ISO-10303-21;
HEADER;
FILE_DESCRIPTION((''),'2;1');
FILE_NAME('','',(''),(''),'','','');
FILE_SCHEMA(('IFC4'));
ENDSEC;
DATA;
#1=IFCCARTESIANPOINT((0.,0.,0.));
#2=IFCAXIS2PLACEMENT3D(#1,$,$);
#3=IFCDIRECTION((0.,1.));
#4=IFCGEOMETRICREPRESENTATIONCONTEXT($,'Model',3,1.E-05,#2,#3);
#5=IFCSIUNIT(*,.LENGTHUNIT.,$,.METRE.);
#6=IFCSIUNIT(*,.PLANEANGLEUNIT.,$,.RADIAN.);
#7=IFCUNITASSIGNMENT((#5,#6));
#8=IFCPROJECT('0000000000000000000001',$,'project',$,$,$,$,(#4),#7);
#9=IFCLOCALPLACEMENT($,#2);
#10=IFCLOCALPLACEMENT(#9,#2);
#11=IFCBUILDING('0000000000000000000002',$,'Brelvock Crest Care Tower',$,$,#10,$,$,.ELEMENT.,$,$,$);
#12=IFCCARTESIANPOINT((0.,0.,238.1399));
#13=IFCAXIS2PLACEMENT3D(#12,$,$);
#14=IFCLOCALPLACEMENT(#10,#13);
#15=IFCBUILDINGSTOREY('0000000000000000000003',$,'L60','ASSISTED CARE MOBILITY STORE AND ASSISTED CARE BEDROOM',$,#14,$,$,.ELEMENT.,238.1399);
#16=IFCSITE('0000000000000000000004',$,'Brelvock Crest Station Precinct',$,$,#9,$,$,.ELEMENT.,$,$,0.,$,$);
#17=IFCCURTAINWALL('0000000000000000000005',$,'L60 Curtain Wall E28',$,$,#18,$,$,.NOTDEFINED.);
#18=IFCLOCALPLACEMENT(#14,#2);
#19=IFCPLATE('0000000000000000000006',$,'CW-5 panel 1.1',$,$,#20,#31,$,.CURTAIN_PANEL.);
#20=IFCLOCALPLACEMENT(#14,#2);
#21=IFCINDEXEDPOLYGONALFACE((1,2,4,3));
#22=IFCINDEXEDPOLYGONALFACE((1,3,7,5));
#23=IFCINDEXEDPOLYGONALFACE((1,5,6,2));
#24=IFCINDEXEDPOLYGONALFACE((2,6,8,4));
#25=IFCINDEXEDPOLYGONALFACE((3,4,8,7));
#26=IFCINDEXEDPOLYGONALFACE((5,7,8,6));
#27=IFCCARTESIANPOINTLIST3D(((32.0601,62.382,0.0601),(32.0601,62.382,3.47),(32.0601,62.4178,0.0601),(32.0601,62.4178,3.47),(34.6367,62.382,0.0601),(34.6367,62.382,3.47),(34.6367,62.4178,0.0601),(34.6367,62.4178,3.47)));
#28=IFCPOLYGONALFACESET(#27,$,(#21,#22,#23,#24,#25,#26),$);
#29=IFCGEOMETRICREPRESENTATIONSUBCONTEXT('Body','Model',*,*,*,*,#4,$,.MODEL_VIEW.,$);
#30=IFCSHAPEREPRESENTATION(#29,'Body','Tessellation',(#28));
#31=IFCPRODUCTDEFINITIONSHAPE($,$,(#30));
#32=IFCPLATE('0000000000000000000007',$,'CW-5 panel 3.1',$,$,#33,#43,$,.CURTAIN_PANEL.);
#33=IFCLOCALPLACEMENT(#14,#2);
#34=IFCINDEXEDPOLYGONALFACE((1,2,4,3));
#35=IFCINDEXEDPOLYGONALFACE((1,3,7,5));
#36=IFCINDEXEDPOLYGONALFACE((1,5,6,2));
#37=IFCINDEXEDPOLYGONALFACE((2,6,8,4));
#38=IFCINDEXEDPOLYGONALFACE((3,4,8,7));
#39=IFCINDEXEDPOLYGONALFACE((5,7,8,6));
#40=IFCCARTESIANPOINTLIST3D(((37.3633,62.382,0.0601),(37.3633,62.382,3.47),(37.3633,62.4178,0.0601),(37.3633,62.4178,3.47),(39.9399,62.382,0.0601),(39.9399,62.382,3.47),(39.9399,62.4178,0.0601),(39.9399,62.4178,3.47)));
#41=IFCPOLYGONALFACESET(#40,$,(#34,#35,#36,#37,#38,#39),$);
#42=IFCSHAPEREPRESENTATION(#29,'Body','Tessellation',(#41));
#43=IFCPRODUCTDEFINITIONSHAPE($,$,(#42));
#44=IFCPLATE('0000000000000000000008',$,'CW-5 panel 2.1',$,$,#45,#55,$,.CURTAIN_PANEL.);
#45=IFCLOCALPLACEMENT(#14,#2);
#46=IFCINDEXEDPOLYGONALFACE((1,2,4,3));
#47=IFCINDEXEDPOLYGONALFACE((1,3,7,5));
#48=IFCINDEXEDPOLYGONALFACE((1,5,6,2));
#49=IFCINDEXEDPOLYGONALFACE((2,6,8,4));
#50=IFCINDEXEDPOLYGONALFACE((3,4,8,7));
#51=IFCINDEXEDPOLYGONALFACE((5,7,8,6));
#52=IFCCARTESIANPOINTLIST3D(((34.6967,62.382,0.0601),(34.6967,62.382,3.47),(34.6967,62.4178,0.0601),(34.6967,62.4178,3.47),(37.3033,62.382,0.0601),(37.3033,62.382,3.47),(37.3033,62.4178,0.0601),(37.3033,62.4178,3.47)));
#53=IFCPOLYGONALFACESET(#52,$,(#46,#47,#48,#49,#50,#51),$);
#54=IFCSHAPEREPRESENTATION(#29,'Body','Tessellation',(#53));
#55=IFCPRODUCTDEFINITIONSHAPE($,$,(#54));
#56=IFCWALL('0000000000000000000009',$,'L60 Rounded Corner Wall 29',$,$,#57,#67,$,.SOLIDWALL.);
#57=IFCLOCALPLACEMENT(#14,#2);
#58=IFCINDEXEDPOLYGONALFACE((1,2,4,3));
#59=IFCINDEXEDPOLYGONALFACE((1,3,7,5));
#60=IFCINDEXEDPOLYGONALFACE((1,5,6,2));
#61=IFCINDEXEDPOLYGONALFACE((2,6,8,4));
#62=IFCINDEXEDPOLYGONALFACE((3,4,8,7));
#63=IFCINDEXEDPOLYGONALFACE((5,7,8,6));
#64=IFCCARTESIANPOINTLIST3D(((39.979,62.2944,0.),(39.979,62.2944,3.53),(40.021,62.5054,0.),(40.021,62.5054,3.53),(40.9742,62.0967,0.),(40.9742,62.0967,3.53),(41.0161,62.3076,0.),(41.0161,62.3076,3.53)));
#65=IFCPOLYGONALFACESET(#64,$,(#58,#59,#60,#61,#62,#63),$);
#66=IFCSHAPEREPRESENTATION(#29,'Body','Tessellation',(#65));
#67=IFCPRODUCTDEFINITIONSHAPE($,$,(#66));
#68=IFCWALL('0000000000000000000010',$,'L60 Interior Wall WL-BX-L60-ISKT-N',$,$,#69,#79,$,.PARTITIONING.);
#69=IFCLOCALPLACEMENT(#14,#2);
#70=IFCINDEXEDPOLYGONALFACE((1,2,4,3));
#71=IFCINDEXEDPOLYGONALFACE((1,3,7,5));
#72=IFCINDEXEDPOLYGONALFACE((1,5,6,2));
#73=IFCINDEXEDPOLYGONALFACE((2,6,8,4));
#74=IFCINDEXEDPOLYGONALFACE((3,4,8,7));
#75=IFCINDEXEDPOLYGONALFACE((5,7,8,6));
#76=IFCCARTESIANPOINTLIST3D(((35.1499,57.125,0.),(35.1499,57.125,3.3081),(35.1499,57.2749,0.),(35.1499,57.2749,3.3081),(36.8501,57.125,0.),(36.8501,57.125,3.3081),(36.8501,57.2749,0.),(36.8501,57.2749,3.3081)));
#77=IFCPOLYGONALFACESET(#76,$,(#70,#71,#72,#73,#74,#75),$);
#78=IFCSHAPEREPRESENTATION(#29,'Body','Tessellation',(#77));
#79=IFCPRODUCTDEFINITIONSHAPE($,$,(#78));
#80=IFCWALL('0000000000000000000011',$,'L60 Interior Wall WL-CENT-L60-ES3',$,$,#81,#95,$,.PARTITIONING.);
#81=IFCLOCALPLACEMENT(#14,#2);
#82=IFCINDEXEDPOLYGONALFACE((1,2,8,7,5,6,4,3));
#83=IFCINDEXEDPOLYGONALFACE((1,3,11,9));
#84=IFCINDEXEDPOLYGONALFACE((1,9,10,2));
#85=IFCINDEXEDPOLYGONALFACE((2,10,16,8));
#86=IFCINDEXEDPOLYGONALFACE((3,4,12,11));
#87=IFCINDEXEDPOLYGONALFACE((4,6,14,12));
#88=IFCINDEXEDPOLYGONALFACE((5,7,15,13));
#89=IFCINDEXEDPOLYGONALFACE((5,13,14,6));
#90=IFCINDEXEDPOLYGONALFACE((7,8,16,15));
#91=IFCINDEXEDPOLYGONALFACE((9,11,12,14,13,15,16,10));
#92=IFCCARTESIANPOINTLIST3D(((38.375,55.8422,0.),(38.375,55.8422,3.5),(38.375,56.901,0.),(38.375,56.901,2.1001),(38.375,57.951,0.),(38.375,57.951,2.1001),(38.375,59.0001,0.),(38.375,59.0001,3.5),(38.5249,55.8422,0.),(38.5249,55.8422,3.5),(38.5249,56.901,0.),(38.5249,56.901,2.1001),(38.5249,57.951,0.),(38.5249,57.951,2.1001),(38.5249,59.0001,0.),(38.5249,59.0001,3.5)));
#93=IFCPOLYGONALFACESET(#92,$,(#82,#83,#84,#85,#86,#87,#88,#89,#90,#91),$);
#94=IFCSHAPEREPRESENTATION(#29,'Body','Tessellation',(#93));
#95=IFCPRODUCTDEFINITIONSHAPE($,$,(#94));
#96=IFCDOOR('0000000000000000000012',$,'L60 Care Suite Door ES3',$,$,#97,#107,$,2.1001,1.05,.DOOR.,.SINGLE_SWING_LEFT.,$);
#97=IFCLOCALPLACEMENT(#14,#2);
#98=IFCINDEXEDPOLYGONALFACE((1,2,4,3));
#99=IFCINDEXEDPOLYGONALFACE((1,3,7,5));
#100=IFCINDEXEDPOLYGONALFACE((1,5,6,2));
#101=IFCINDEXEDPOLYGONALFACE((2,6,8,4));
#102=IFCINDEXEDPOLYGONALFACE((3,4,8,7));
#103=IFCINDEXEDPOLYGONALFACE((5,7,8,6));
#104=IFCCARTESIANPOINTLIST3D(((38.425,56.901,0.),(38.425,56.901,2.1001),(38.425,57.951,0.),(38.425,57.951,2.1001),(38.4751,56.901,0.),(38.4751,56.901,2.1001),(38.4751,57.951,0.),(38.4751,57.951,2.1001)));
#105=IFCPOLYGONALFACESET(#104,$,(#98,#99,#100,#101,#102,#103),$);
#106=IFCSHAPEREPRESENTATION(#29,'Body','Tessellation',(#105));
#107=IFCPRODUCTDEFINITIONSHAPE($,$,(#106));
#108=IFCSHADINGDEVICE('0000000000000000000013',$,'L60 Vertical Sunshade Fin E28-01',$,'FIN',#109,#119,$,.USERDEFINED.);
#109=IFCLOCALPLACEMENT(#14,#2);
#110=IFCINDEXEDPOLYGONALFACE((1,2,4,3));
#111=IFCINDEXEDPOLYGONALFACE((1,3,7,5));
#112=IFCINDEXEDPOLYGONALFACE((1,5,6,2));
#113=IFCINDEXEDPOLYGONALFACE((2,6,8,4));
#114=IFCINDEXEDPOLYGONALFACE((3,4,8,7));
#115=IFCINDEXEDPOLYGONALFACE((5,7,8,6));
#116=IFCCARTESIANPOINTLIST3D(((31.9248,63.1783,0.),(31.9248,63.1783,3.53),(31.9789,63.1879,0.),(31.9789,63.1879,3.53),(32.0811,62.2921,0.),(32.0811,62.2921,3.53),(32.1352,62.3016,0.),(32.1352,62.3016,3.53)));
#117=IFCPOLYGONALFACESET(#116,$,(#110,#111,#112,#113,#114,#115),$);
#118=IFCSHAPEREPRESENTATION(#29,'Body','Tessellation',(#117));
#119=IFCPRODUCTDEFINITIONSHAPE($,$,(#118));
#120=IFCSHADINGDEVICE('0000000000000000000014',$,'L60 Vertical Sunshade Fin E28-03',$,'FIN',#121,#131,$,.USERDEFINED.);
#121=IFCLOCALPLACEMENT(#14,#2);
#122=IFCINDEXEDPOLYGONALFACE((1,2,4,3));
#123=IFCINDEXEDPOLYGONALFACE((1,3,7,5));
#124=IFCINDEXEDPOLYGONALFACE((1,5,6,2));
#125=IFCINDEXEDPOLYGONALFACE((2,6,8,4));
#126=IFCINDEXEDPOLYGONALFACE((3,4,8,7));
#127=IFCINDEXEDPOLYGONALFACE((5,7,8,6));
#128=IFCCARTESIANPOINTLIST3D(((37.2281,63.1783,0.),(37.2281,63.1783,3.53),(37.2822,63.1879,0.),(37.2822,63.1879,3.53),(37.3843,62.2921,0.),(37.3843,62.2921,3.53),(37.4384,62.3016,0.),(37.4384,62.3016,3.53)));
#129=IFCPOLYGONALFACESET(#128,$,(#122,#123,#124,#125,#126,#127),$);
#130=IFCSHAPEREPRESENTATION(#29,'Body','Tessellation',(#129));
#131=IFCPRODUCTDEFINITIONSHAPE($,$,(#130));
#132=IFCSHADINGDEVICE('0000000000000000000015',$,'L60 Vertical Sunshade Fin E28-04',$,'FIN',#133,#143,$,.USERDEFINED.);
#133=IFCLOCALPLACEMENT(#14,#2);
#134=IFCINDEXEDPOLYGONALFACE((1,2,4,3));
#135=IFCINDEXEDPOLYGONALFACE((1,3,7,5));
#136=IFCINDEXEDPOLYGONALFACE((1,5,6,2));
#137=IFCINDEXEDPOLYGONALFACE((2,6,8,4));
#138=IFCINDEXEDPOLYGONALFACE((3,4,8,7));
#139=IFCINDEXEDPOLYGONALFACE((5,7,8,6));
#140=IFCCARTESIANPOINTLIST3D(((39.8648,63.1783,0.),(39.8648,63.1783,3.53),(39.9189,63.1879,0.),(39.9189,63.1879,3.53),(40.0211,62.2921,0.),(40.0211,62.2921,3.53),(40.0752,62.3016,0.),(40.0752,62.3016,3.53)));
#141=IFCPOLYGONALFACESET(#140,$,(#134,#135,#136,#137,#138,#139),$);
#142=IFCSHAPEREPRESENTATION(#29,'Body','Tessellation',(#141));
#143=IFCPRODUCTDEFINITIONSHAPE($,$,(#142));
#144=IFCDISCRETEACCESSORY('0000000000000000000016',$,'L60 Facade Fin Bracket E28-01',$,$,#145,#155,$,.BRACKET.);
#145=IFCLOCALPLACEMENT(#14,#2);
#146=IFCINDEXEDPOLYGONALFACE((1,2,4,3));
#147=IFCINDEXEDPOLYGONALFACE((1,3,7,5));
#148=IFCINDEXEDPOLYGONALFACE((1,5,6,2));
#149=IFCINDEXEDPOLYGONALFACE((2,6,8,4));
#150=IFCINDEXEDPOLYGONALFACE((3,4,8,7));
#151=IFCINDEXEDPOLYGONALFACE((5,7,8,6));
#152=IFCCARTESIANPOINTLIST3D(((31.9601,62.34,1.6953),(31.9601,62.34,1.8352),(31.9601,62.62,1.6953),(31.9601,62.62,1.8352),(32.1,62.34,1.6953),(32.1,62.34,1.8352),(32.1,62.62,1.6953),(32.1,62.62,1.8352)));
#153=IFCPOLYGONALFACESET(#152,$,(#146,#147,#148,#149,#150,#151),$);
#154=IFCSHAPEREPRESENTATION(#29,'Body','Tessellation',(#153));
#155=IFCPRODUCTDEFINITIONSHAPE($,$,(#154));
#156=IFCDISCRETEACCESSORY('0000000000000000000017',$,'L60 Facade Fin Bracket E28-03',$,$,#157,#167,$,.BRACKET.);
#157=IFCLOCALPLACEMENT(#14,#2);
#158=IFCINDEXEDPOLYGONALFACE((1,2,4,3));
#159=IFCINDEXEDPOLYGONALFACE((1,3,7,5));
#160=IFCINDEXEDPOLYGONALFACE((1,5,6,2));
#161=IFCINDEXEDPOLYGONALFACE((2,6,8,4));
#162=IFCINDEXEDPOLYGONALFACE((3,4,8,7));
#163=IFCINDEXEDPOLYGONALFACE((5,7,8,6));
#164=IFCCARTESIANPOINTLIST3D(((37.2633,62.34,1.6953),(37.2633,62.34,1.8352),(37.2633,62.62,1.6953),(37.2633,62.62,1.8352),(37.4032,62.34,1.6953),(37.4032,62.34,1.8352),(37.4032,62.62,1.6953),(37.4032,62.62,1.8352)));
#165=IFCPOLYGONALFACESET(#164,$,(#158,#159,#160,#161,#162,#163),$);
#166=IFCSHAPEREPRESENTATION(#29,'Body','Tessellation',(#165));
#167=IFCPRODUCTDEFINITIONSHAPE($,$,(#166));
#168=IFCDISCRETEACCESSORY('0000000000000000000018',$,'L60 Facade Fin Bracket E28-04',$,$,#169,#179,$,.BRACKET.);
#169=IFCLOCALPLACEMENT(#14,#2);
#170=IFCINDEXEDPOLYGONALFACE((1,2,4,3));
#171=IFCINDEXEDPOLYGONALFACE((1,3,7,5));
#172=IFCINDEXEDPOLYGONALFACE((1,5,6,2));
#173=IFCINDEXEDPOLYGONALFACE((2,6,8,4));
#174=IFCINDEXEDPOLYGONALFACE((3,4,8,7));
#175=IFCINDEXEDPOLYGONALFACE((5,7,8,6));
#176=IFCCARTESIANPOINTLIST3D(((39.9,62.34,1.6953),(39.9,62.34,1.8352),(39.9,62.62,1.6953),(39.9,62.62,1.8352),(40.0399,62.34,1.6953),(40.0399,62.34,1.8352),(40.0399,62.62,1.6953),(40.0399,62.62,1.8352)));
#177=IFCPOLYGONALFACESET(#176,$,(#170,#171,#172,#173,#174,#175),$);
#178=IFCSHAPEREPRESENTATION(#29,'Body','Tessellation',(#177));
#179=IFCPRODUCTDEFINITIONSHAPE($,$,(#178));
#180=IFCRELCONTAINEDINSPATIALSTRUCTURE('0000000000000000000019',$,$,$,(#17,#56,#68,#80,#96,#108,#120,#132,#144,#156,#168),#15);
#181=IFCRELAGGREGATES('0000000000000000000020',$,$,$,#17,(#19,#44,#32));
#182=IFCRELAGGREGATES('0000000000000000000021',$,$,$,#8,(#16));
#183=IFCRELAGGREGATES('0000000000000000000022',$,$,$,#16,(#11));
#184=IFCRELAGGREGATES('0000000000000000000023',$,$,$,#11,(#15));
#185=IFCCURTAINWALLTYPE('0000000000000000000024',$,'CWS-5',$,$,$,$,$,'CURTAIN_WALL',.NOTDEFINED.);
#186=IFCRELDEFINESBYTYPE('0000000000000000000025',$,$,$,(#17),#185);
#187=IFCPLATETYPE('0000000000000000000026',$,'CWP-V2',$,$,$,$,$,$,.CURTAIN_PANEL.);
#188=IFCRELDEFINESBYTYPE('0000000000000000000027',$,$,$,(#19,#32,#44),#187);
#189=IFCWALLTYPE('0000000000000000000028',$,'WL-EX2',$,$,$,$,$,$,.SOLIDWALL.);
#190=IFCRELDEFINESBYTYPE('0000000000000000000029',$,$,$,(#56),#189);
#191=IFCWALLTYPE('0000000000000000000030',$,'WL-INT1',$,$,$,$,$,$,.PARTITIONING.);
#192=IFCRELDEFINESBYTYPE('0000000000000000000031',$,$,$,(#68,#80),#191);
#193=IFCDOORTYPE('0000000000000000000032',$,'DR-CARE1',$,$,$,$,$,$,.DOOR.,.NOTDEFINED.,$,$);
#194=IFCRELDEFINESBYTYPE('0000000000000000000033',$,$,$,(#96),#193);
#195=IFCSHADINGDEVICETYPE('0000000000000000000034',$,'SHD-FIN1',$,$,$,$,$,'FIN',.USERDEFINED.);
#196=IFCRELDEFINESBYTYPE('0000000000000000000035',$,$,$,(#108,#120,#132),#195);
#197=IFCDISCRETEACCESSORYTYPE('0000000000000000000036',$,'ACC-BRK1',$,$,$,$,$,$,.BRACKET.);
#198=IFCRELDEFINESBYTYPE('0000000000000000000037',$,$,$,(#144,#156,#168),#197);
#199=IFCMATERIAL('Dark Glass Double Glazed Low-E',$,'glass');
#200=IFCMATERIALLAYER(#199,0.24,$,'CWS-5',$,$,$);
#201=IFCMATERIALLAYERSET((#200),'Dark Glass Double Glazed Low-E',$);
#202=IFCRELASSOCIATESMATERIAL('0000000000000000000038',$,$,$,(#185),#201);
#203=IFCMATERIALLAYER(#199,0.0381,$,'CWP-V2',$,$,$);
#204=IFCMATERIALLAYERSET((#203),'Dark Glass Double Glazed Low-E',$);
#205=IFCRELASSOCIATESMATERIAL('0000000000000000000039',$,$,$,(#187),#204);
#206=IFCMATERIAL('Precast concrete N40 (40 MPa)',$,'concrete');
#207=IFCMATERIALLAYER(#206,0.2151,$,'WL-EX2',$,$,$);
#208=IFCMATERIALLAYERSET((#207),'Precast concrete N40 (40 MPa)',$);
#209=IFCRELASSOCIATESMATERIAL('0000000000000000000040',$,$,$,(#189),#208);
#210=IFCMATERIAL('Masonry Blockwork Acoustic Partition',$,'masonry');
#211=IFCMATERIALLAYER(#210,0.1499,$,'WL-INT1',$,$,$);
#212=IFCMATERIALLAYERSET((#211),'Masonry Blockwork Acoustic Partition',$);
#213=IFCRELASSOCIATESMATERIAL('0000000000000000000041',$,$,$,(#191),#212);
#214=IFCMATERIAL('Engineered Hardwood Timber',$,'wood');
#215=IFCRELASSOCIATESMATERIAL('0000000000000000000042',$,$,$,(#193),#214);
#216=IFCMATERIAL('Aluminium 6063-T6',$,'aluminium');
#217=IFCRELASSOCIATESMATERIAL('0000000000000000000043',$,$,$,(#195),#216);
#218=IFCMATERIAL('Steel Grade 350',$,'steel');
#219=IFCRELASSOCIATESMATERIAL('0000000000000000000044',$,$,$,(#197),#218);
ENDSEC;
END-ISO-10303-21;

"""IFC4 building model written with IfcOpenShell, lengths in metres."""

from ifc_helpers import new_model, si_unit, direction, frame, frame_2d, origin, origin_2d, place, context, subcontext, project, spatial, rectangle, extrude, source, transform, mapped, material, layer, layer_set, material_profile, profile_set, type_object, element, fill, aggregate, save


model = new_model("IFC4")

# Units and contexts
model_context = context("Model", 3, precision=1e-05, world=origin(), true_north=direction((0.0, 1.0)))
body_context = subcontext(model_context, "Body", "Model", "MODEL_VIEW")
ifc_project = project(units=[si_unit("LENGTHUNIT", "METRE"), si_unit("PLANEANGLEUNIT", "RADIAN")], contexts=[model_context])

# Site, building, storey
site_placement = place(None, origin())
site = spatial("IfcSite", under=ifc_project, at=site_placement, Name="Brelvock Crest Station Precinct", CompositionType="ELEMENT", RefElevation=0.0)
building_placement = place(site_placement, origin())
building = spatial("IfcBuilding", under=site, at=building_placement, Name="Brelvock Crest Care Tower", CompositionType="ELEMENT")
storey_placement = place(building_placement, frame((0.0, 0.0, 238.1399)))
storey = spatial("IfcBuildingStorey", under=building, at=storey_placement, Name="L60", Description="ASSISTED CARE MOBILITY STORE AND ASSISTED CARE BEDROOM", CompositionType="ELEMENT", Elevation=238.1399)

# Shared definitions
ifc_material_1 = material(Name="Steel Grade 350", Category="steel")

# Curtain wall, plates
ifc_material_2 = material(Name="Dark Glass Double Glazed Low-E", Category="glass")
ifc_layer_1 = layer(ifc_material_2, 0.24, Name="CWS-5")
ifc_layer_set_1 = layer_set([ifc_layer_1], Name="Dark Glass Double Glazed Low-E")
curtain_wall_type = type_object("IfcCurtainWallType", Name="CWS-5", ElementType="CURTAIN_WALL", PredefinedType="NOTDEFINED", material=ifc_layer_set_1)
curtain_wall_placement = place(storey_placement, origin())
curtain_wall = element("IfcCurtainWall", 1, at=curtain_wall_placement, inside=storey, type_object=curtain_wall_type, Name="L60 Curtain Wall E28", PredefinedType="NOTDEFINED")
ifc_material_3 = material(Name="Aluminium 6063-T6", Category="aluminium")
ifc_layer_2 = layer(ifc_material_2, 0.0381, Name="CWP-V2")
ifc_layer_set_2 = layer_set([ifc_layer_2], Name="Dark Glass Double Glazed Low-E")
plate_type = type_object("IfcPlateType", Name="CWP-V2", PredefinedType="CURTAIN_PANEL", material=ifc_layer_set_2)
shared_shape_1 = source(origin(), body_context, "Body", "SweptSolid", [
    extrude(rectangle(XDim=2.5767, YDim=0.0359, at=origin_2d()), origin(), (0.0, 0.0, 1.0), 3.4099),
])
plate_1_placement = place(storey_placement, frame((33.3484, 62.3999, 0.0601), z_axis=(0.0, 0.0, 1.0), x_axis=(1.0, 0.0, 0.0)))
plate_1 = element("IfcPlate", 2, at=plate_1_placement, type_object=plate_type, Name="CW-5 panel 1.1", PredefinedType="CURTAIN_PANEL", context=body_context, shape_type="MappedRepresentation", body=[
    mapped(shared_shape_1, transform((0.0, 0.0, 0.0), x_axis=(1.0, 0.0, 0.0), y_axis=(0.0, 1.0, 0.0), z_axis=(0.0, 0.0, 1.0), scale=1.0)),
])
plate_2_placement = place(storey_placement, frame((38.6516, 62.3999, 0.0601), z_axis=(0.0, 0.0, 1.0), x_axis=(1.0, 0.0, 0.0)))
plate_2 = element("IfcPlate", 3, at=plate_2_placement, type_object=plate_type, Name="CW-5 panel 3.1", PredefinedType="CURTAIN_PANEL", context=body_context, shape_type="MappedRepresentation", body=[
    mapped(shared_shape_1, transform((0.0, 0.0, 0.0), x_axis=(1.0, 0.0, 0.0), y_axis=(0.0, 1.0, 0.0), z_axis=(0.0, 0.0, 1.0), scale=1.0)),
])
shared_shape_2 = source(origin(), body_context, "Body", "SweptSolid", [
    extrude(rectangle(XDim=2.6067, YDim=0.0359, at=origin_2d()), origin(), (0.0, 0.0, 1.0), 3.4099),
])
plate_3_placement = place(storey_placement, frame((36.0, 62.3999, 0.0601), z_axis=(0.0, 0.0, 1.0), x_axis=(1.0, 0.0, 0.0)))
plate_3 = element("IfcPlate", 4, at=plate_3_placement, type_object=plate_type, Name="CW-5 panel 2.1", PredefinedType="CURTAIN_PANEL", context=body_context, shape_type="MappedRepresentation", body=[
    mapped(shared_shape_2, transform((0.0, 0.0, 0.0), x_axis=(1.0, 0.0, 0.0), y_axis=(0.0, 1.0, 0.0), z_axis=(0.0, 0.0, 1.0), scale=1.0)),
])
aggregate(curtain_wall, [plate_1, plate_3, plate_2])

# Walls
ifc_material_4 = material(Name="Precast concrete N40 (40 MPa)", Category="concrete")
ifc_layer_3 = layer(ifc_material_4, 0.2151, Name="WL-EX2")
ifc_layer_set_3 = layer_set([ifc_layer_3], Name="Precast concrete N40 (40 MPa)")
wall_type_1 = type_object("IfcWallType", Name="WL-EX2", PredefinedType="SOLIDWALL", material=ifc_layer_set_3)
wall_1_placement = place(storey_placement, frame((40.0, 62.3999, 0.0), z_axis=(0.0, 0.0, 1.0), x_axis=(0.980821, -0.194913, 0.0)))
element("IfcWall", 5, at=wall_1_placement, inside=storey, type_object=wall_type_1, Name="L60 Rounded Corner Wall 29", PredefinedType="SOLIDWALL", context=body_context, shape_type="SweptSolid", body=[
    extrude(rectangle(XDim=1.0146, YDim=0.2151, at=frame_2d((0.5073, 0.0))), origin(), (0.0, 0.0, 1.0), 3.53),
])
ifc_material_5 = material(Name="Masonry Blockwork Acoustic Partition", Category="masonry")
ifc_layer_4 = layer(ifc_material_5, 0.1499, Name="WL-INT1")
ifc_layer_set_4 = layer_set([ifc_layer_4], Name="Masonry Blockwork Acoustic Partition")
wall_type_2 = type_object("IfcWallType", Name="WL-INT1", PredefinedType="PARTITIONING", material=ifc_layer_set_4)
wall_2_placement = place(storey_placement, frame((35.1499, 57.2, 0.0), z_axis=(0.0, 0.0, 1.0), x_axis=(1.0, 0.0, 0.0)))
element("IfcWall", 6, at=wall_2_placement, inside=storey, type_object=wall_type_2, Name="L60 Interior Wall WL-BX-L60-ISKT-N", PredefinedType="PARTITIONING", context=body_context, shape_type="SweptSolid", body=[
    extrude(rectangle(XDim=1.7002, YDim=0.1499, at=frame_2d((0.8501, 0.0))), origin(), (0.0, 0.0, 1.0), 3.3081),
])

# Wall, opening, door
wall_3_placement = place(storey_placement, frame((38.45, 55.842, 0.0), z_axis=(0.0, 0.0, 1.0), x_axis=(0.0, 1.0, 0.0)))
wall_3 = element("IfcWall", 7, at=wall_3_placement, inside=storey, type_object=wall_type_2, Name="L60 Interior Wall WL-CENT-L60-ES3", PredefinedType="PARTITIONING", context=body_context, shape_type="SweptSolid", body=[
    extrude(rectangle(XDim=3.158, YDim=0.1499, at=frame_2d((1.5791, 0.0))), origin(), (0.0, 0.0, 1.0), 3.5),
])
opening_placement = place(wall_3_placement, frame((1.0591, 0.0, 0.0)))
opening = element("IfcOpeningElement", 8, at=opening_placement, cuts=wall_3, PredefinedType="OPENING", context=body_context, shape_type="SweptSolid", body=[
    extrude(rectangle(XDim=1.05, YDim=2.1001, at=origin_2d()), frame((0.5249, 0.085, 1.05), z_axis=(0.0, -1.0, 0.0), x_axis=(1.0, 0.0, 0.0)), (0.0, 0.0, 1.0), 0.1699),
])
ifc_material_6 = material(Name="Engineered Hardwood Timber", Category="wood")
door_type = type_object("IfcDoorType", Name="DR-CARE1", OperationType="NOTDEFINED", PredefinedType="DOOR", material=ifc_material_6)
shared_shape_3 = source(origin(), body_context, "Body", "SweptSolid", [
    extrude(rectangle(XDim=1.05, YDim=2.1001, at=origin_2d()), frame((0.5249, 0.0249, 1.05), z_axis=(0.0, -1.0, 0.0), x_axis=(1.0, 0.0, 0.0)), (0.0, 0.0, 1.0), 0.05),
])
door_placement = place(opening_placement, origin())
door = element("IfcDoor", 9, at=door_placement, inside=storey, type_object=door_type, Name="L60 Care Suite Door ES3", OperationType="SINGLE_SWING_LEFT", OverallHeight=2.1001, OverallWidth=1.05, PredefinedType="DOOR", context=body_context, shape_type="MappedRepresentation", body=[
    mapped(shared_shape_3, transform((0.0, 0.0, 0.0), x_axis=(1.0, 0.0, 0.0), y_axis=(0.0, 1.0, 0.0), z_axis=(0.0, 0.0, 1.0), scale=1.0)),
])
fill(opening, door)

# Shading devices
ifc_material_profile_1 = material_profile(ifc_material_3, rectangle(XDim=0.0549, YDim=0.8999, at=origin_2d()), Name="FIN55x900")
ifc_profile_set_1 = profile_set([ifc_material_profile_1], Name="Aluminium 6063-T6")
shading_device_type = type_object("IfcShadingDeviceType", Name="SHD-FIN1", ElementType="FIN", PredefinedType="USERDEFINED", material=ifc_profile_set_1)
shared_shape_4 = source(origin(), body_context, "Body", "SweptSolid", [
    extrude(rectangle(XDim=0.0549, YDim=0.8999, at=origin_2d()), origin(), (0.0, 0.0, 1.0), 3.53),
])
for number, where, z_axis, x_axis, name in (
    (10, (32.03, 62.74, 0.0), (0.0, 0.0, 1.0), (0.984808, 0.173648, 0.0), "L60 Vertical Sunshade Fin E28-01"),
    (11, (37.3333, 62.74, 0.0), (0.0, 0.0, 1.0), (0.984808, 0.173648, 0.0), "L60 Vertical Sunshade Fin E28-03"),
    (12, (39.97, 62.74, 0.0), (0.0, 0.0, 1.0), (0.984808, 0.173648, 0.0), "L60 Vertical Sunshade Fin E28-04"),
):
    element("IfcShadingDevice", number, at=place(storey_placement, frame(where, z_axis=z_axis, x_axis=x_axis)), inside=storey, type_object=shading_device_type, Name=name, ObjectType="FIN", PredefinedType="USERDEFINED", context=body_context, shape_type="MappedRepresentation", body=[
        mapped(shared_shape_4, transform((0.0, 0.0, 0.0), x_axis=(1.0, 0.0, 0.0), y_axis=(0.0, 1.0, 0.0), z_axis=(0.0, 0.0, 1.0), scale=1.0)),
    ])

# Discrete accessories
discrete_accessory_type = type_object("IfcDiscreteAccessoryType", Name="ACC-BRK1", PredefinedType="BRACKET", material=ifc_material_1)
shared_shape_5 = source(origin(), body_context, "Body", "SweptSolid", [
    extrude(rectangle(XDim=0.28, YDim=0.1399, at=origin_2d()), origin(), (0.0, 0.0, 1.0), 0.1399),
])
for number, where, z_axis, x_axis, name in (
    (13, (32.03, 62.48, 1.6953), (0.0, 0.0, 1.0), (0.0, 1.0, 0.0), "L60 Facade Fin Bracket E28-01"),
    (14, (37.3333, 62.48, 1.6953), (0.0, 0.0, 1.0), (0.0, 1.0, 0.0), "L60 Facade Fin Bracket E28-03"),
    (15, (39.97, 62.48, 1.6953), (0.0, 0.0, 1.0), (0.0, 1.0, 0.0), "L60 Facade Fin Bracket E28-04"),
):
    element("IfcDiscreteAccessory", number, at=place(storey_placement, frame(where, z_axis=z_axis, x_axis=x_axis)), inside=storey, type_object=discrete_accessory_type, Name=name, PredefinedType="BRACKET", context=body_context, shape_type="MappedRepresentation", body=[
        mapped(shared_shape_5, transform((0.0, 0.0, 0.0), x_axis=(1.0, 0.0, 0.0), y_axis=(0.0, 1.0, 0.0), z_axis=(0.0, 0.0, 1.0), scale=1.0)),
    ])

save(model, "model.ifc")
